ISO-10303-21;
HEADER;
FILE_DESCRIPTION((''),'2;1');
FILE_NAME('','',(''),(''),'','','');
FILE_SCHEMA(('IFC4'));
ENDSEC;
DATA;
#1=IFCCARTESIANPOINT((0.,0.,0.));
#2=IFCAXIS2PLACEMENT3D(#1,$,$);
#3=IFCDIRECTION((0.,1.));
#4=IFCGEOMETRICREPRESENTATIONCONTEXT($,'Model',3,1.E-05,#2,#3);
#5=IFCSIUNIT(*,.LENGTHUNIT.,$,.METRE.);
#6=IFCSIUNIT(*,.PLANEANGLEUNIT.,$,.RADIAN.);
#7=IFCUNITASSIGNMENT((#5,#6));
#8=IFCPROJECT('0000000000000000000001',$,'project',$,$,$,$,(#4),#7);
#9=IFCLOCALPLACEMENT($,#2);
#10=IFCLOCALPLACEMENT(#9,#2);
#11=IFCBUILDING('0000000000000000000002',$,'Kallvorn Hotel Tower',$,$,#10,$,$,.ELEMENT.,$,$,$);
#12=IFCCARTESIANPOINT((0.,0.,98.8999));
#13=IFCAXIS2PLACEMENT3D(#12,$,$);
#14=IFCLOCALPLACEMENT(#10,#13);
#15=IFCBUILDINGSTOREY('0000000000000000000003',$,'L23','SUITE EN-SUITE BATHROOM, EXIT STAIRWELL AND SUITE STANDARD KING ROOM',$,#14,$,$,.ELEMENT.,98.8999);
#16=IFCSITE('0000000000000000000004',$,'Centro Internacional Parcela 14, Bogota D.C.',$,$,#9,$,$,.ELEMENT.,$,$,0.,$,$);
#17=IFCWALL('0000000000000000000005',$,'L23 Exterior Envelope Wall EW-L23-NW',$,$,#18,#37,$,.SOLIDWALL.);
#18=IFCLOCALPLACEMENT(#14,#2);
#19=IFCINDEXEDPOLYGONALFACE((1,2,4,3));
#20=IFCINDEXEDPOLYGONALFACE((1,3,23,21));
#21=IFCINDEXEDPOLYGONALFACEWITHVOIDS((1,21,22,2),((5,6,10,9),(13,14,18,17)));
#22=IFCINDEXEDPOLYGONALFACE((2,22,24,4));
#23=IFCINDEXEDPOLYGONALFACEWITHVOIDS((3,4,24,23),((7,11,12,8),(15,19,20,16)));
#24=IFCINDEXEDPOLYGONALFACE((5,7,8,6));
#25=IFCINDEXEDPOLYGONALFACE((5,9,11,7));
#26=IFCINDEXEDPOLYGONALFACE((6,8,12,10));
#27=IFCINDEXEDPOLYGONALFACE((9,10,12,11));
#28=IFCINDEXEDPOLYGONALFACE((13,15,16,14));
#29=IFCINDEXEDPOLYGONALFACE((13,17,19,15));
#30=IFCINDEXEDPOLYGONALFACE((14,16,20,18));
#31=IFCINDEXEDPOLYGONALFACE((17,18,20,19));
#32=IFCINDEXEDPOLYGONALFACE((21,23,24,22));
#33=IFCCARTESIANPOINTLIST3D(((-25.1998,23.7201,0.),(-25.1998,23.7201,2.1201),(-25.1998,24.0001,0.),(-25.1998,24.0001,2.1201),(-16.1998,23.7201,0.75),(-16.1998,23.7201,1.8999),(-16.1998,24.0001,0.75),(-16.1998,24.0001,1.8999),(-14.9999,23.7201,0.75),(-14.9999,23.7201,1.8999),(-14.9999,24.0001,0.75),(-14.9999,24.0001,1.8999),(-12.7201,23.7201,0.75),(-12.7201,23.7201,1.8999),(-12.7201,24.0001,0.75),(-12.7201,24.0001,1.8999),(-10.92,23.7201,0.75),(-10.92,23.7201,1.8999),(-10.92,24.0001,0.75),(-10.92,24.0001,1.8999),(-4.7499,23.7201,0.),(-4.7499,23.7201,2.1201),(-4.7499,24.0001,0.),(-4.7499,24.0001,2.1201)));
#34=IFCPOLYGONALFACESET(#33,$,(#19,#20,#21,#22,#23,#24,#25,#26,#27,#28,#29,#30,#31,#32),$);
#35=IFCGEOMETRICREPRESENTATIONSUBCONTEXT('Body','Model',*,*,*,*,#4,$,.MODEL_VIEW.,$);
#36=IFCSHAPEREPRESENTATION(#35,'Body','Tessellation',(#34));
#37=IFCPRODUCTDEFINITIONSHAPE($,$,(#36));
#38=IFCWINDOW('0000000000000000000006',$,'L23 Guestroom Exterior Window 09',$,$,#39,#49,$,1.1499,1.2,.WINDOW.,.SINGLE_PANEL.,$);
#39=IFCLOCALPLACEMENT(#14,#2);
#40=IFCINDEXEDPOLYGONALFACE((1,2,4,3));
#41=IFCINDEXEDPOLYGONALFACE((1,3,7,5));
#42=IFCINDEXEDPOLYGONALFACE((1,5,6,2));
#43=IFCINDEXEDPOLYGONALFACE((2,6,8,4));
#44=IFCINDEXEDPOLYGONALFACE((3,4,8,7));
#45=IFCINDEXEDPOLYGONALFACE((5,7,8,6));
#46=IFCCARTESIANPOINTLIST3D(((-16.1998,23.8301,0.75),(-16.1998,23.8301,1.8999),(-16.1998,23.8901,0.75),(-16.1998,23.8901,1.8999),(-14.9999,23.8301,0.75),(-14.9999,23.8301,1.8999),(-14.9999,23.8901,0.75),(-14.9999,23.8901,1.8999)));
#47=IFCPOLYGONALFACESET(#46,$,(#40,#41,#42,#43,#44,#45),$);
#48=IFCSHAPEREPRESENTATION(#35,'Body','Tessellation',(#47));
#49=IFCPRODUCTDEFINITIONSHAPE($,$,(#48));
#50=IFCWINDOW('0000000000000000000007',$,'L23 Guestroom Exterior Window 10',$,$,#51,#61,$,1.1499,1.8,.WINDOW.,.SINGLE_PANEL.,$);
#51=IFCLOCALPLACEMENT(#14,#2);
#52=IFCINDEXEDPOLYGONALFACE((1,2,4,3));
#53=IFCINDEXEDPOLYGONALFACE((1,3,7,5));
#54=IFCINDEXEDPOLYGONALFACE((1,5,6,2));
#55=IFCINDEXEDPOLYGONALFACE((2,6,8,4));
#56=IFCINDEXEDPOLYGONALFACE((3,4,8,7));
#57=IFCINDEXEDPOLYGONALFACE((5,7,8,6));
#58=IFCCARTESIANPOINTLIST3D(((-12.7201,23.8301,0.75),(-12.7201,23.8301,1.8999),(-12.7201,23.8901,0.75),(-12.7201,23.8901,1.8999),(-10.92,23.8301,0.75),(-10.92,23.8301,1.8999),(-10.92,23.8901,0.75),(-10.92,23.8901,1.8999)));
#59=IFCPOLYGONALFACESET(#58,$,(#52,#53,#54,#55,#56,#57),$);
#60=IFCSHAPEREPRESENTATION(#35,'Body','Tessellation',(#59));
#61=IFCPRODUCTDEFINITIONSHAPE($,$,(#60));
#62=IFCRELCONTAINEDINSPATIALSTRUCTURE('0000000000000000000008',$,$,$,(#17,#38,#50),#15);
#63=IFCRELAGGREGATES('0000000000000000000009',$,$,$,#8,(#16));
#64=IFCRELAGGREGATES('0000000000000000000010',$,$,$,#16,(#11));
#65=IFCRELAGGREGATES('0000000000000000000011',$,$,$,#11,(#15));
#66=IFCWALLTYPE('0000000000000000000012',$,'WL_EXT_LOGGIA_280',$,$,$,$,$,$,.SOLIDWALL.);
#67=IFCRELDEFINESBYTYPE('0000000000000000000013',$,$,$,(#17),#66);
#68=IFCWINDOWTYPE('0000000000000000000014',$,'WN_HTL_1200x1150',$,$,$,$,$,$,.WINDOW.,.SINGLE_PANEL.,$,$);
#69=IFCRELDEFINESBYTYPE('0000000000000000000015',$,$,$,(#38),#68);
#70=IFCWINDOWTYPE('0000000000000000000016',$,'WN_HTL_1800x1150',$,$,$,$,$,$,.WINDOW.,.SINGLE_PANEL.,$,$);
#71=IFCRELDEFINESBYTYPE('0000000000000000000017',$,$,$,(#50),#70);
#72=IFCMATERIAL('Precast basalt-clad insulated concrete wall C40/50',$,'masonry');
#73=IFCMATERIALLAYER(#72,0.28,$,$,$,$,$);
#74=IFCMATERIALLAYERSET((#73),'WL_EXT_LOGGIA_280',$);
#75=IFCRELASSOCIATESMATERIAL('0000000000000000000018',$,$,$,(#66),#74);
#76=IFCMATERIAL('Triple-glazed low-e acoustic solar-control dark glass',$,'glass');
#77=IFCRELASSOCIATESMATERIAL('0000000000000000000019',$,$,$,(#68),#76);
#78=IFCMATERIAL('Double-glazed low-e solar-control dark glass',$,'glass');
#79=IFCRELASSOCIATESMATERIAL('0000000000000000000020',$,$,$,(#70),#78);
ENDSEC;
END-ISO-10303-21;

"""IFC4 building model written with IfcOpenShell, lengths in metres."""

from ifc_helpers import new_model, si_unit, direction, frame, frame_2d, origin, place, context, subcontext, project, spatial, rectangle, extrude, material, layer, layer_set, type_object, element, fill, save


model = new_model("IFC4")

# Units and contexts
model_context = context("Model", 3, precision=1e-05, world=origin(), true_north=direction((0.0, 1.0)))
body_context = subcontext(model_context, "Body", "Model", "MODEL_VIEW")
ifc_project = project(units=[si_unit("LENGTHUNIT", "METRE"), si_unit("PLANEANGLEUNIT", "RADIAN")], contexts=[model_context])

# Site, building, storey
site_placement = place(None, origin())
site = spatial("IfcSite", under=ifc_project, at=site_placement, Name="Centro Internacional Parcela 14, Bogota D.C.", CompositionType="ELEMENT", RefElevation=0.0)
building_placement = place(site_placement, origin())
building = spatial("IfcBuilding", under=site, at=building_placement, Name="Kallvorn Hotel Tower", CompositionType="ELEMENT")
storey_placement = place(building_placement, frame((0.0, 0.0, 98.8999)))
storey = spatial("IfcBuildingStorey", under=building, at=storey_placement, Name="L23", Description="SUITE EN-SUITE BATHROOM, EXIT STAIRWELL AND SUITE STANDARD KING ROOM", CompositionType="ELEMENT", Elevation=98.8999)

# Shared definitions
ifc_material_1 = material(Name="Precast basalt-clad insulated concrete wall C40/50", Category="masonry")
ifc_layer_1 = layer(ifc_material_1, 0.28)
ifc_layer_set_1 = layer_set([ifc_layer_1], Name="WL_EXT_LOGGIA_280")
wall_type = type_object("IfcWallType", Name="WL_EXT_LOGGIA_280", PredefinedType="SOLIDWALL", material=ifc_layer_set_1)

# Wall, openings, windows
wall_1_placement = place(storey_placement, frame((-25.2, 23.8601, 0.0), z_axis=(0.0, 0.0, 1.0), x_axis=(1.0, 0.0, 0.0)))
wall_1 = element("IfcWall", 1, at=wall_1_placement, inside=storey, type_object=wall_type, Name="L23 Exterior Envelope Wall EW-L23-NW", PredefinedType="SOLIDWALL", context=body_context, shape_type="SweptSolid", body=[
    extrude(rectangle(XDim=20.45, YDim=0.28, at=frame_2d((10.2251, 0.0))), origin(), (0.0, 0.0, 1.0), 2.1201),
])
opening_1_placement = place(wall_1_placement, frame((9.0, 0.0, 0.75)))
opening_1 = element("IfcOpeningElement", 2, at=opening_1_placement, cuts=wall_1, PredefinedType="OPENING", context=body_context, shape_type="SweptSolid", body=[
    extrude(rectangle(XDim=1.2, YDim=1.1499, at=frame_2d((0.6001, 0.575))), frame((0.0, 0.155, 0.0), z_axis=(0.0, -1.0, 0.0), x_axis=(1.0, 0.0, 0.0)), (0.0, 0.0, 1.0), 0.3101),
])
opening_2_placement = place(wall_1_placement, frame((12.48, 0.0, 0.75)))
opening_2 = element("IfcOpeningElement", 3, at=opening_2_placement, cuts=wall_1, PredefinedType="OPENING", context=body_context, shape_type="SweptSolid", body=[
    extrude(rectangle(XDim=1.8, YDim=1.1499, at=frame_2d((0.8999, 0.575))), frame((0.0, 0.155, 0.0), z_axis=(0.0, -1.0, 0.0), x_axis=(1.0, 0.0, 0.0)), (0.0, 0.0, 1.0), 0.3101),
])
ifc_material_2 = material(Name="Triple-glazed low-e acoustic solar-control dark glass", Category="glass")
window_type_1 = type_object("IfcWindowType", Name="WN_HTL_1200x1150", PartitioningType="SINGLE_PANEL", PredefinedType="WINDOW", material=ifc_material_2)
window_1_placement = place(opening_1_placement, origin())
window_1 = element("IfcWindow", 4, at=window_1_placement, inside=storey, type_object=window_type_1, Name="L23 Guestroom Exterior Window 09", OverallHeight=1.1499, OverallWidth=1.2, PartitioningType="SINGLE_PANEL", PredefinedType="WINDOW", context=body_context, shape_type="SweptSolid", body=[
    extrude(rectangle(XDim=1.2, YDim=1.1499, at=frame_2d((0.6001, 0.575))), frame((0.0, 0.03, 0.0), z_axis=(0.0, -1.0, 0.0), x_axis=(1.0, 0.0, 0.0)), (0.0, 0.0, 1.0), 0.0601),
])
fill(opening_1, window_1)
ifc_material_3 = material(Name="Double-glazed low-e solar-control dark glass", Category="glass")
window_type_2 = type_object("IfcWindowType", Name="WN_HTL_1800x1150", PartitioningType="SINGLE_PANEL", PredefinedType="WINDOW", material=ifc_material_3)
window_2_placement = place(opening_2_placement, origin())
window_2 = element("IfcWindow", 5, at=window_2_placement, inside=storey, type_object=window_type_2, Name="L23 Guestroom Exterior Window 10", OverallHeight=1.1499, OverallWidth=1.8, PartitioningType="SINGLE_PANEL", PredefinedType="WINDOW", context=body_context, shape_type="SweptSolid", body=[
    extrude(rectangle(XDim=1.8, YDim=1.1499, at=frame_2d((0.8999, 0.575))), frame((0.0, 0.03, 0.0), z_axis=(0.0, -1.0, 0.0), x_axis=(1.0, 0.0, 0.0)), (0.0, 0.0, 1.0), 0.0601),
])
fill(opening_2, window_2)

save(model, "model.ifc")
